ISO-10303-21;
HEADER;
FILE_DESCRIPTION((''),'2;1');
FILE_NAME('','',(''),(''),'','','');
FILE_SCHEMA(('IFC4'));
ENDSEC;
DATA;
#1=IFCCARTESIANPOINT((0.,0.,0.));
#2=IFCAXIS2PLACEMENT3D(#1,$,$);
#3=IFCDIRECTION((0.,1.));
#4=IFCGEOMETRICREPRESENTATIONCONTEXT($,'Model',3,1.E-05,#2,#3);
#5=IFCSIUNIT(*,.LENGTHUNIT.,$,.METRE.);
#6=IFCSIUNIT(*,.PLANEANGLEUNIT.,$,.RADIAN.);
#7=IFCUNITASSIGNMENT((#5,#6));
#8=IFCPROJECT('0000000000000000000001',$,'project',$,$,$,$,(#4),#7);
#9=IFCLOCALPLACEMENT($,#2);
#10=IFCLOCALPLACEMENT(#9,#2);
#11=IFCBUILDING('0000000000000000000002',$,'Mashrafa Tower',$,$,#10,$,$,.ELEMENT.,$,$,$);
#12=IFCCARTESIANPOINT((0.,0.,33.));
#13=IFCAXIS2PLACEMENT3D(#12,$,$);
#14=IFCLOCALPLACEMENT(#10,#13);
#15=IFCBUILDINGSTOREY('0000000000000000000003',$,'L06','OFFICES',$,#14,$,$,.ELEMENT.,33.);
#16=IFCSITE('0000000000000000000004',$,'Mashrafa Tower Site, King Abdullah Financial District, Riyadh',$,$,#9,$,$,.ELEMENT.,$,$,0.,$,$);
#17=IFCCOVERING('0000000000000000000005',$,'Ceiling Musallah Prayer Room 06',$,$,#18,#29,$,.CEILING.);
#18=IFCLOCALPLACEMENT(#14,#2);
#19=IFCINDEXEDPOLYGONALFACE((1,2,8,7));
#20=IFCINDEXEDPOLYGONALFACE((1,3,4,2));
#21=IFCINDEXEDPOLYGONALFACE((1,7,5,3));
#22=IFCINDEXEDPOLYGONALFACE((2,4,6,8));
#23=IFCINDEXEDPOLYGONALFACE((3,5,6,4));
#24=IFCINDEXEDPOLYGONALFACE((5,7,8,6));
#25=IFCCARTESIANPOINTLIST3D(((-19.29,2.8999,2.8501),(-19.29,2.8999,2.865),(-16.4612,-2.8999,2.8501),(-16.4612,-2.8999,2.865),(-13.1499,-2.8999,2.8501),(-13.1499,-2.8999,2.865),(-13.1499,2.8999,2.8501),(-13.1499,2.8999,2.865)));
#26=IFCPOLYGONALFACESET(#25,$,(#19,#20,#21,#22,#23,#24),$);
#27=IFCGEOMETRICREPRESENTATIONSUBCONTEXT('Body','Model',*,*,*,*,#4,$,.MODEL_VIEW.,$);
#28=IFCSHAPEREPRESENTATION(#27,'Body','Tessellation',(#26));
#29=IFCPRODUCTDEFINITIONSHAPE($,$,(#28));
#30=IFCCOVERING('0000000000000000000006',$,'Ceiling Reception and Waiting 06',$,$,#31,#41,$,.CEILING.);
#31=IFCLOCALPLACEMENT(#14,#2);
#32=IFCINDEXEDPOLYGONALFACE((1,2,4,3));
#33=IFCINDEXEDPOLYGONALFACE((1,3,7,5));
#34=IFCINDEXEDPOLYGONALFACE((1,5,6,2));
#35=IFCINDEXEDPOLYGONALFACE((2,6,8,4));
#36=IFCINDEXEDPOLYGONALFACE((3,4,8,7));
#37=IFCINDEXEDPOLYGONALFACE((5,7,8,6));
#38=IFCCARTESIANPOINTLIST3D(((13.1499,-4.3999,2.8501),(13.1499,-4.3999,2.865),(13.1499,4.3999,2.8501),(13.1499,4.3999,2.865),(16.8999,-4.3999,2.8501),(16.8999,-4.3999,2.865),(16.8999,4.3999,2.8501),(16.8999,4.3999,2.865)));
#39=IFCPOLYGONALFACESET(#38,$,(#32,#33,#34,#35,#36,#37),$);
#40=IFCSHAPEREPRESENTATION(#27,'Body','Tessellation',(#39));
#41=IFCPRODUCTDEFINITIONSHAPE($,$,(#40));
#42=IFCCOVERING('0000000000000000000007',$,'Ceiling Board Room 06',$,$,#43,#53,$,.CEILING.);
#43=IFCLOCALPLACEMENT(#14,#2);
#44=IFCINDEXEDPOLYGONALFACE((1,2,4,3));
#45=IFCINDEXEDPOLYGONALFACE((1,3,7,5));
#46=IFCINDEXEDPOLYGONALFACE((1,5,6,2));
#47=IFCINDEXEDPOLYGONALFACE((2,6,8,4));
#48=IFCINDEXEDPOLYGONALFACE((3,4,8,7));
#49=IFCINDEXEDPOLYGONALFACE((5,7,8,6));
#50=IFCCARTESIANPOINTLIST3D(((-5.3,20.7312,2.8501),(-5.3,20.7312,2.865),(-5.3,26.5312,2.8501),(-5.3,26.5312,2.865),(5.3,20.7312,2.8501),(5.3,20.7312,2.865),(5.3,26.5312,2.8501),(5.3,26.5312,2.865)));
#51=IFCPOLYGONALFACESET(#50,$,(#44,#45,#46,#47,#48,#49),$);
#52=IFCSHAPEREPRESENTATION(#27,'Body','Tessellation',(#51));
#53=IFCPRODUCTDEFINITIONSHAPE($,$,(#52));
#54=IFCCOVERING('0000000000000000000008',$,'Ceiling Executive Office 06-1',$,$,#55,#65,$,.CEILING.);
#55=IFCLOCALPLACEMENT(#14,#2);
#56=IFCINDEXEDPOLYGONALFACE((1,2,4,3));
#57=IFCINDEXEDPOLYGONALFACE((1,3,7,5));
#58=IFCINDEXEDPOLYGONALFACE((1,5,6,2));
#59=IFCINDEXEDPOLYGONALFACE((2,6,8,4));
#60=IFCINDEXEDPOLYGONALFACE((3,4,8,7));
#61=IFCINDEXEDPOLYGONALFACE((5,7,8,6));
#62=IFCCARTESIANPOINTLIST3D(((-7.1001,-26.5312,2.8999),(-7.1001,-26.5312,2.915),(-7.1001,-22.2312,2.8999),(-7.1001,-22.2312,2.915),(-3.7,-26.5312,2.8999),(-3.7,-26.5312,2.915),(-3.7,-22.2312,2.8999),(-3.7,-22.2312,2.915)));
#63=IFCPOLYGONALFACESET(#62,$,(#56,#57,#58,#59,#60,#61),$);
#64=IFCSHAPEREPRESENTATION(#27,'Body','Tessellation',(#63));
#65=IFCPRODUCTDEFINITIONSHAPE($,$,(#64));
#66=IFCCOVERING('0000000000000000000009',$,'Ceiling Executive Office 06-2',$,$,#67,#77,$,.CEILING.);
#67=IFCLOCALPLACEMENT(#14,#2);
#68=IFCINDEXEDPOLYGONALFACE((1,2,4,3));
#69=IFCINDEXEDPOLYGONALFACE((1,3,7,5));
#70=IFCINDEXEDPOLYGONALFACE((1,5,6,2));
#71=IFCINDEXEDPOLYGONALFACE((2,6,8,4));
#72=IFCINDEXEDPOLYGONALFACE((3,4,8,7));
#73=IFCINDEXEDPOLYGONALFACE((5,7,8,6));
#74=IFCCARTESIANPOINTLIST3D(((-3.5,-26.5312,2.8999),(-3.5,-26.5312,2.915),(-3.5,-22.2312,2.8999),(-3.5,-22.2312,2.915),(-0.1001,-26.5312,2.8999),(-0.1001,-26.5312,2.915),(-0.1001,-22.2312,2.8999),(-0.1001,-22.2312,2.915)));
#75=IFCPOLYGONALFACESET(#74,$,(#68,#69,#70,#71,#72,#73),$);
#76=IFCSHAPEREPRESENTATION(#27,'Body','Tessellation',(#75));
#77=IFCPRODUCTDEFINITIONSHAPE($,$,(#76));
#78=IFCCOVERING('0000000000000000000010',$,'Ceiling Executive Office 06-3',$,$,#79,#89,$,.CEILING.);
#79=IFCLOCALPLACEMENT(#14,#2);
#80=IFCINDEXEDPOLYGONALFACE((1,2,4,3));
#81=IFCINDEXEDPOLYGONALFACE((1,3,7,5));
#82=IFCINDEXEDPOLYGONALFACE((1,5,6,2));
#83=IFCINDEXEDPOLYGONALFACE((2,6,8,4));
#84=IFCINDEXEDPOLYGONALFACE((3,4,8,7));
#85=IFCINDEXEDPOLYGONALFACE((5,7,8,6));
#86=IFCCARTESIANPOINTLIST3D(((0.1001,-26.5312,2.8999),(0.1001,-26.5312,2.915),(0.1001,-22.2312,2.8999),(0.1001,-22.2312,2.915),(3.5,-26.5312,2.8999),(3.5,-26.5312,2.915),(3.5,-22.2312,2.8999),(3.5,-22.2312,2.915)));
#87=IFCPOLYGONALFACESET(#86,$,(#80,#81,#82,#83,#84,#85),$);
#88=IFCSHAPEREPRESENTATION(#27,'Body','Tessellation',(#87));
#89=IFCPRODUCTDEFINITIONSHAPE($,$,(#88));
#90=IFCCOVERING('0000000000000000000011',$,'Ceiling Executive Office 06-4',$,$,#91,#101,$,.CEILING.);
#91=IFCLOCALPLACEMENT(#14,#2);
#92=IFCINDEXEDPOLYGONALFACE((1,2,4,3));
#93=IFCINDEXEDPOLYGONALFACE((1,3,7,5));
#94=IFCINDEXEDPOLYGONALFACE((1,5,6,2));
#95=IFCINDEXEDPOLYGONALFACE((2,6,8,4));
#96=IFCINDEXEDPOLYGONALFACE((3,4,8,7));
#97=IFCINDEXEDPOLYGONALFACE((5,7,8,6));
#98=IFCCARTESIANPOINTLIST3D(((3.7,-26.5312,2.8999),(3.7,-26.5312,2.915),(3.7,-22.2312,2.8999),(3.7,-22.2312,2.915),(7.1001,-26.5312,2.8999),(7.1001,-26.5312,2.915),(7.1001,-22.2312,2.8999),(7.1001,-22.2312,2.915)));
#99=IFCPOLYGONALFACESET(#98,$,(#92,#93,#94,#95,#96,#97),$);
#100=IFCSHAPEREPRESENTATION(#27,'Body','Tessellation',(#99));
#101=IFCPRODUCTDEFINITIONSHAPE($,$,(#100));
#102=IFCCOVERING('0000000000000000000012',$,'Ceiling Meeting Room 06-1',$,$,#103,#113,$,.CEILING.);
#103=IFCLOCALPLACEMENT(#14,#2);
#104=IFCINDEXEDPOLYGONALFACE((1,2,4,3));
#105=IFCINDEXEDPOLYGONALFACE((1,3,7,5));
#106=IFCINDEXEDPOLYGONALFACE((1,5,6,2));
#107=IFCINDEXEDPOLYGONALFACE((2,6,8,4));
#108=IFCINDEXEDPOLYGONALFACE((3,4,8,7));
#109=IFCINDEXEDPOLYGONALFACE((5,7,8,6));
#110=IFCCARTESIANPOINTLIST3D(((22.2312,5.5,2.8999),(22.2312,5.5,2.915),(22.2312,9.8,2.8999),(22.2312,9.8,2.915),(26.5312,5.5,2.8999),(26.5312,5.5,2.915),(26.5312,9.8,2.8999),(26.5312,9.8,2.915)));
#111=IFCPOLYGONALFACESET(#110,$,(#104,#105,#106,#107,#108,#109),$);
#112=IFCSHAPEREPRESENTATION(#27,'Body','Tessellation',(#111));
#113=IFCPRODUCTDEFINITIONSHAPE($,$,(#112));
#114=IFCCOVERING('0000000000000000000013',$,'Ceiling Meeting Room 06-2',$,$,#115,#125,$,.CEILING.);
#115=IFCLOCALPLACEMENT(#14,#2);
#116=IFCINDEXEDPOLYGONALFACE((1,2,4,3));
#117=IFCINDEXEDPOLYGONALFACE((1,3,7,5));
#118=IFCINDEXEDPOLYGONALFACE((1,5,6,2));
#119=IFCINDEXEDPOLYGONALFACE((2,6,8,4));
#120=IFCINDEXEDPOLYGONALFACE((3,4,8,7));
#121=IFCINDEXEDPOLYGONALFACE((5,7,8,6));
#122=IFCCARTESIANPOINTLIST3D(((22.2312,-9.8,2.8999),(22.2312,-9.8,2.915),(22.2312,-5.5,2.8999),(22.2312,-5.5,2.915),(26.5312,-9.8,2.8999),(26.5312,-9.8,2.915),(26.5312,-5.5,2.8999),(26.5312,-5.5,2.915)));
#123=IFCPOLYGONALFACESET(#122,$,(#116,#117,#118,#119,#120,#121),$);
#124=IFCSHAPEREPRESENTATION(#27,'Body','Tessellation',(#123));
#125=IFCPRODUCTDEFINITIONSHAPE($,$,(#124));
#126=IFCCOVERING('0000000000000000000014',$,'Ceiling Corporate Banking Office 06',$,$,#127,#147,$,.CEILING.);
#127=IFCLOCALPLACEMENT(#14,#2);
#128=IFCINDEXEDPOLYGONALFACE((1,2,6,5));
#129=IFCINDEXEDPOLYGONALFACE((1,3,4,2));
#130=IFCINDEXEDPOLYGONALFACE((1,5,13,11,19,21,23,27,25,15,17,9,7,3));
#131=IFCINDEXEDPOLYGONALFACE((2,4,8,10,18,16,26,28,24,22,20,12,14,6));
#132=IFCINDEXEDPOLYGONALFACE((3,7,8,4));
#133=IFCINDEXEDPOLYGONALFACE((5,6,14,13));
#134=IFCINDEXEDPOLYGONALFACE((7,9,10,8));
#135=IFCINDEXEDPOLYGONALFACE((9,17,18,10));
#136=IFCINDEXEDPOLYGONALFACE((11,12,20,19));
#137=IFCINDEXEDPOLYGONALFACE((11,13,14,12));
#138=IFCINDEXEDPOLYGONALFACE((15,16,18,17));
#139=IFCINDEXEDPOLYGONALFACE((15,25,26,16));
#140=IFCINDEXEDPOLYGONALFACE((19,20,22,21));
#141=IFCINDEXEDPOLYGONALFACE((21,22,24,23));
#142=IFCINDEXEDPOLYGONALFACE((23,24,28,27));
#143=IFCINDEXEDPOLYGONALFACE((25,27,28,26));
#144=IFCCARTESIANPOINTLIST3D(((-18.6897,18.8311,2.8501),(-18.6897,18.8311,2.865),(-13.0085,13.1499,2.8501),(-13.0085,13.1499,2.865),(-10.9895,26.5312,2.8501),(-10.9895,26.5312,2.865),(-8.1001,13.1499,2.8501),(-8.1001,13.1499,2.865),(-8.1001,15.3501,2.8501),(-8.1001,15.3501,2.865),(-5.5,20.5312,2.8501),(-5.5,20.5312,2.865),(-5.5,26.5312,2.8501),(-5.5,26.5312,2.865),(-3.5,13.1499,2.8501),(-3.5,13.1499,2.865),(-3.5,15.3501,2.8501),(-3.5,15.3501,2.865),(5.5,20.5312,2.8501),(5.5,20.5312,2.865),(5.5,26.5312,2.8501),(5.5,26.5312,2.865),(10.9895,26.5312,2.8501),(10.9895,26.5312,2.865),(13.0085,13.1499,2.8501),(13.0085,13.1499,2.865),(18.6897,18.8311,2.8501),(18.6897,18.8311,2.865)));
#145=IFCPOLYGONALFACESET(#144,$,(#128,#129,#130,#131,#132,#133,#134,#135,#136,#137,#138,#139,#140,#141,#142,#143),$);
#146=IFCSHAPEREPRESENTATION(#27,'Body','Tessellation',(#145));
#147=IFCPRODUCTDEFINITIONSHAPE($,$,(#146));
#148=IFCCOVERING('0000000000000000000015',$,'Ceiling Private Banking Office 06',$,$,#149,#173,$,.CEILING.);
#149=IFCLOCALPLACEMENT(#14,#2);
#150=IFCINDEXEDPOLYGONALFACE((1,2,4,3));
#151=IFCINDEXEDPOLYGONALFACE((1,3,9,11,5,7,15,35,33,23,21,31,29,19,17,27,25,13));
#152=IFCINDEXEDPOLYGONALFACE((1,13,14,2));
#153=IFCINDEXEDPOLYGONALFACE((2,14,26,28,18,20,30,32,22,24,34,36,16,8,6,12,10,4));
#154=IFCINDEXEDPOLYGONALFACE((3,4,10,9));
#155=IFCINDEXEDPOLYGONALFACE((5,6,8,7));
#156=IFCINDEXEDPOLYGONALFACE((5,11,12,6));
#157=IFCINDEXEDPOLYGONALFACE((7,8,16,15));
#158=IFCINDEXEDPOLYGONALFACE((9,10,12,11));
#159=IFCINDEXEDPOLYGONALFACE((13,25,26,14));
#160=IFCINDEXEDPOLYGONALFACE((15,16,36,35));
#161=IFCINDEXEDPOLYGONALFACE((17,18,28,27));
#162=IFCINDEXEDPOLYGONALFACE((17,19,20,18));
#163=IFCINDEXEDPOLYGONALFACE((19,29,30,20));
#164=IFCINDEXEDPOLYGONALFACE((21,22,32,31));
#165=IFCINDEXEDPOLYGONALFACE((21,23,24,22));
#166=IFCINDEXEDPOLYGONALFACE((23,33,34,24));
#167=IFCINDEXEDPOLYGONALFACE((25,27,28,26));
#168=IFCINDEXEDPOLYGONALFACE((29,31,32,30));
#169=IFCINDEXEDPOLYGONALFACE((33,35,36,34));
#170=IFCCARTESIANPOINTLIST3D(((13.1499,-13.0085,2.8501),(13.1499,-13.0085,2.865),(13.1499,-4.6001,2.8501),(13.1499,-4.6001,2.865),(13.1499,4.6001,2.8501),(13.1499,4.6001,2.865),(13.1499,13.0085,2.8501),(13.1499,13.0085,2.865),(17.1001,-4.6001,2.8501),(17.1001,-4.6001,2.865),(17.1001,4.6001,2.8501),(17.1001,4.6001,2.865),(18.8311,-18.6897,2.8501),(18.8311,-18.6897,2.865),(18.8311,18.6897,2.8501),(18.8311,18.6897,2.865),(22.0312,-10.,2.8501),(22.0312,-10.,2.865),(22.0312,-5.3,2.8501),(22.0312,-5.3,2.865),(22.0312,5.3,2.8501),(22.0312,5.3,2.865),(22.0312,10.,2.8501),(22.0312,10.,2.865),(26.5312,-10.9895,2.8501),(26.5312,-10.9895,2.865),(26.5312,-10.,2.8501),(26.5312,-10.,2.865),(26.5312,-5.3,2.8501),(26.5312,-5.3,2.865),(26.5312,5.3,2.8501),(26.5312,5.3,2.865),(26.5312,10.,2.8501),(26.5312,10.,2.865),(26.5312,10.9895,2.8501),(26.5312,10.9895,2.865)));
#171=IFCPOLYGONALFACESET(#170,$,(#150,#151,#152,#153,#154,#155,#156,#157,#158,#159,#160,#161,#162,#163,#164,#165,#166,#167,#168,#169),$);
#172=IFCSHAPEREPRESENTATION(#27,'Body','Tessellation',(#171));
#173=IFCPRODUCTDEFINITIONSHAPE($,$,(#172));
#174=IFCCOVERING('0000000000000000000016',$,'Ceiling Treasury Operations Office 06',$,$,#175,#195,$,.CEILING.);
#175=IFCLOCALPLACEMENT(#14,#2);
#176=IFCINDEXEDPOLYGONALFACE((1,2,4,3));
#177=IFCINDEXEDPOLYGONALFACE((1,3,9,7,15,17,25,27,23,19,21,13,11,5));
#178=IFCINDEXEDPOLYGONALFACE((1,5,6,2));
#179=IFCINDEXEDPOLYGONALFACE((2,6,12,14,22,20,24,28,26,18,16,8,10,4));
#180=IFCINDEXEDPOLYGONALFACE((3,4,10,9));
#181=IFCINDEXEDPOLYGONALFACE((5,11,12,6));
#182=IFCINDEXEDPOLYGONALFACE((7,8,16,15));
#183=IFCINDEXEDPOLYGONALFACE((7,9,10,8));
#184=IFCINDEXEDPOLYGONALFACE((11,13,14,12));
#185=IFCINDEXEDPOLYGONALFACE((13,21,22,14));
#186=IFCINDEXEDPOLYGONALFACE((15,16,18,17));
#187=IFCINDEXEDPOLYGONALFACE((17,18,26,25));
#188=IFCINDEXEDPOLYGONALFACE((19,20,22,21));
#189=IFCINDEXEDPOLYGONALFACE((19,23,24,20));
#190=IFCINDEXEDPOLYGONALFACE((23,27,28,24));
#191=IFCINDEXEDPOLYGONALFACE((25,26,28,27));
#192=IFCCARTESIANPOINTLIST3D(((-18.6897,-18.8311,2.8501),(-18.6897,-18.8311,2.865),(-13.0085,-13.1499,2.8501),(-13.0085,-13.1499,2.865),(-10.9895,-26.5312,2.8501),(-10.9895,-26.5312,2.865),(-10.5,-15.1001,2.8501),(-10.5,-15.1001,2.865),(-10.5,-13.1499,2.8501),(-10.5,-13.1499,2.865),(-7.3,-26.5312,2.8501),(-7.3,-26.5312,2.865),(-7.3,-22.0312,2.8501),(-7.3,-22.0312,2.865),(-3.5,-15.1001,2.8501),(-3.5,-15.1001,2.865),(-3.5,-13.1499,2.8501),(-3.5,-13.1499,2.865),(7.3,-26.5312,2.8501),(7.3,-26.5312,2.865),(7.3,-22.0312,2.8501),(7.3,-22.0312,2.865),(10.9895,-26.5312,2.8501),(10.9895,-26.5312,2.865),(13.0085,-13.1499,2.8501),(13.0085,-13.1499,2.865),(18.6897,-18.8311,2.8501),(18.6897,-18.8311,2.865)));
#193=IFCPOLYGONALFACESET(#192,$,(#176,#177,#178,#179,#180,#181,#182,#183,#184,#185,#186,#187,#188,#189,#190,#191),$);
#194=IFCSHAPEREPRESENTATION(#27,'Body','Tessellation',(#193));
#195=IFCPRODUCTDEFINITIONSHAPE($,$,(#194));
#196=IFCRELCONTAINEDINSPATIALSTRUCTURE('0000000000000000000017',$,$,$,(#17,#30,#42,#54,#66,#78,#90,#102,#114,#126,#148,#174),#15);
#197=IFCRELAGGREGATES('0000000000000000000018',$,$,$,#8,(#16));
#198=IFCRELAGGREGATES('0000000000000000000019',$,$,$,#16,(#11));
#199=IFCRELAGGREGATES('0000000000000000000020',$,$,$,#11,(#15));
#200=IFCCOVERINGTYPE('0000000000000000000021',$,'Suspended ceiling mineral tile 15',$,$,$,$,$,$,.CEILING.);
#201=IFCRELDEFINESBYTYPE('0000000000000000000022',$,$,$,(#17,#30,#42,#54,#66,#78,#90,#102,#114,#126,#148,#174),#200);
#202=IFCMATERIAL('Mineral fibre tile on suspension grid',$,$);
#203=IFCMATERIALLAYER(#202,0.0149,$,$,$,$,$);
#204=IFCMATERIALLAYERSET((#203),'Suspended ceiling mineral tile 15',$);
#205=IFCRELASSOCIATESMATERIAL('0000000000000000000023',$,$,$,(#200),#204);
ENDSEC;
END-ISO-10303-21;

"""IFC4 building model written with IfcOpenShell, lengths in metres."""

from ifc_helpers import new_model, si_unit, direction, frame, origin, place, context, subcontext, project, spatial, polyline, outline, extrude, material, layer, layer_set, type_object, element, save


model = new_model("IFC4")

# Units and contexts
model_context = context("Model", 3, precision=1e-05, world=origin(), true_north=direction((0.0, 1.0)))
body_context = subcontext(model_context, "Body", "Model", "MODEL_VIEW")
ifc_project = project(units=[si_unit("LENGTHUNIT", "METRE"), si_unit("PLANEANGLEUNIT", "RADIAN")], contexts=[model_context])

# Site, building, storey
site_placement = place(None, origin())
site = spatial("IfcSite", under=ifc_project, at=site_placement, Name="Mashrafa Tower Site, King Abdullah Financial District, Riyadh", CompositionType="ELEMENT", RefElevation=0.0)
building_placement = place(site_placement, origin())
building = spatial("IfcBuilding", under=site, at=building_placement, Name="Mashrafa Tower", CompositionType="ELEMENT")
storey_placement = place(building_placement, frame((0.0, 0.0, 33.0)))
storey = spatial("IfcBuildingStorey", under=building, at=storey_placement, Name="L06", Description="OFFICES", CompositionType="ELEMENT", Elevation=33.0)

# Coverings
ifc_material_1 = material(Name="Mineral fibre tile on suspension grid")
ifc_layer_1 = layer(ifc_material_1, 0.0149)
ifc_layer_set_1 = layer_set([ifc_layer_1], Name="Suspended ceiling mineral tile 15")
covering_type = type_object("IfcCoveringType", Name="Suspended ceiling mineral tile 15", PredefinedType="CEILING", material=ifc_layer_set_1)
covering_1_placement = place(storey_placement, frame((0.0, 0.0, 2.8501)))
element("IfcCovering", 1, at=covering_1_placement, inside=storey, type_object=covering_type, Name="Ceiling Musallah Prayer Room 06", PredefinedType="CEILING", context=body_context, shape_type="SweptSolid", body=[
    extrude(outline(polyline([(-16.4612, -2.8999), (-19.29, 2.8999), (-13.1499, 2.8999), (-13.1499, -2.8999), (-16.4612, -2.8999)])), origin(), (0.0, 0.0, 1.0), 0.0149),
])
covering_2_placement = place(storey_placement, frame((0.0, 0.0, 2.8501)))
element("IfcCovering", 2, at=covering_2_placement, inside=storey, type_object=covering_type, Name="Ceiling Reception and Waiting 06", PredefinedType="CEILING", context=body_context, shape_type="SweptSolid", body=[
    extrude(outline(polyline([(13.1499, 4.3999), (16.8999, 4.3999), (16.8999, -4.3999), (13.1499, -4.3999), (13.1499, 4.3999)])), origin(), (0.0, 0.0, 1.0), 0.0149),
])
covering_3_placement = place(storey_placement, frame((0.0, 0.0, 2.8501)))
element("IfcCovering", 3, at=covering_3_placement, inside=storey, type_object=covering_type, Name="Ceiling Board Room 06", PredefinedType="CEILING", context=body_context, shape_type="SweptSolid", body=[
    extrude(outline(polyline([(-5.3, 26.5312), (5.3, 26.5312), (5.3, 20.7312), (-5.3, 20.7312), (-5.3, 26.5312)])), origin(), (0.0, 0.0, 1.0), 0.0149),
])
covering_4_placement = place(storey_placement, frame((0.0, 0.0, 2.8999)))
element("IfcCovering", 4, at=covering_4_placement, inside=storey, type_object=covering_type, Name="Ceiling Executive Office 06-1", PredefinedType="CEILING", context=body_context, shape_type="SweptSolid", body=[
    extrude(outline(polyline([(-7.1001, -22.2312), (-3.7, -22.2312), (-3.7, -26.5312), (-7.1001, -26.5312), (-7.1001, -22.2312)])), origin(), (0.0, 0.0, 1.0), 0.0151),
])
covering_5_placement = place(storey_placement, frame((0.0, 0.0, 2.8999)))
element("IfcCovering", 5, at=covering_5_placement, inside=storey, type_object=covering_type, Name="Ceiling Executive Office 06-2", PredefinedType="CEILING", context=body_context, shape_type="SweptSolid", body=[
    extrude(outline(polyline([(-3.5, -22.2312), (-0.1001, -22.2312), (-0.1001, -26.5312), (-3.5, -26.5312), (-3.5, -22.2312)])), origin(), (0.0, 0.0, 1.0), 0.0151),
])
covering_6_placement = place(storey_placement, frame((0.0, 0.0, 2.8999)))
element("IfcCovering", 6, at=covering_6_placement, inside=storey, type_object=covering_type, Name="Ceiling Executive Office 06-3", PredefinedType="CEILING", context=body_context, shape_type="SweptSolid", body=[
    extrude(outline(polyline([(0.1001, -22.2312), (3.5, -22.2312), (3.5, -26.5312), (0.1001, -26.5312), (0.1001, -22.2312)])), origin(), (0.0, 0.0, 1.0), 0.0151),
])
covering_7_placement = place(storey_placement, frame((0.0, 0.0, 2.8999)))
element("IfcCovering", 7, at=covering_7_placement, inside=storey, type_object=covering_type, Name="Ceiling Executive Office 06-4", PredefinedType="CEILING", context=body_context, shape_type="SweptSolid", body=[
    extrude(outline(polyline([(3.7, -22.2312), (7.1001, -22.2312), (7.1001, -26.5312), (3.7, -26.5312), (3.7, -22.2312)])), origin(), (0.0, 0.0, 1.0), 0.0151),
])
covering_8_placement = place(storey_placement, frame((0.0, 0.0, 2.8999)))
element("IfcCovering", 8, at=covering_8_placement, inside=storey, type_object=covering_type, Name="Ceiling Meeting Room 06-1", PredefinedType="CEILING", context=body_context, shape_type="SweptSolid", body=[
    extrude(outline(polyline([(22.2312, 9.8), (26.5312, 9.8), (26.5312, 5.5), (22.2312, 5.5), (22.2312, 9.8)])), origin(), (0.0, 0.0, 1.0), 0.0151),
])
covering_9_placement = place(storey_placement, frame((0.0, 0.0, 2.8999)))
element("IfcCovering", 9, at=covering_9_placement, inside=storey, type_object=covering_type, Name="Ceiling Meeting Room 06-2", PredefinedType="CEILING", context=body_context, shape_type="SweptSolid", body=[
    extrude(outline(polyline([(22.2312, -5.5), (26.5312, -5.5), (26.5312, -9.8), (22.2312, -9.8), (22.2312, -5.5)])), origin(), (0.0, 0.0, 1.0), 0.0151),
])
covering_10_placement = place(storey_placement, frame((0.0, 0.0, 2.8501)))
element("IfcCovering", 10, at=covering_10_placement, inside=storey, type_object=covering_type, Name="Ceiling Corporate Banking Office 06", PredefinedType="CEILING", context=body_context, shape_type="SweptSolid", body=[
    extrude(outline(polyline([(-13.0085, 13.1499), (-18.6897, 18.8311), (-10.9895, 26.5312), (-5.5, 26.5312), (-5.5, 20.5312), (5.5, 20.5312), (5.5, 26.5312), (10.9895, 26.5312), (18.6897, 18.8311), (13.0085, 13.1499), (-3.5, 13.1499), (-3.5, 15.3501), (-8.1001, 15.3501), (-8.1001, 13.1499), (-13.0085, 13.1499)])), origin(), (0.0, 0.0, 1.0), 0.0149),
])
covering_11_placement = place(storey_placement, frame((0.0, 0.0, 2.8501)))
element("IfcCovering", 11, at=covering_11_placement, inside=storey, type_object=covering_type, Name="Ceiling Private Banking Office 06", PredefinedType="CEILING", context=body_context, shape_type="SweptSolid", body=[
    extrude(outline(polyline([(13.1499, 13.0085), (18.8311, 18.6897), (26.5312, 10.9895), (26.5312, 10.0), (22.0312, 10.0), (22.0312, 5.3), (26.5312, 5.3), (26.5312, -5.3), (22.0312, -5.3), (22.0312, -10.0), (26.5312, -10.0), (26.5312, -10.9895), (18.8311, -18.6897), (13.1499, -13.0085), (13.1499, -4.6001), (17.1001, -4.6001), (17.1001, 4.6001), (13.1499, 4.6001), (13.1499, 13.0085)])), origin(), (0.0, 0.0, 1.0), 0.0149),
])
covering_12_placement = place(storey_placement, frame((0.0, 0.0, 2.8501)))
element("IfcCovering", 12, at=covering_12_placement, inside=storey, type_object=covering_type, Name="Ceiling Treasury Operations Office 06", PredefinedType="CEILING", context=body_context, shape_type="SweptSolid", body=[
    extrude(outline(polyline([(13.0085, -13.1499), (18.6897, -18.8311), (10.9895, -26.5312), (7.3, -26.5312), (7.3, -22.0312), (-7.3, -22.0312), (-7.3, -26.5312), (-10.9895, -26.5312), (-18.6897, -18.8311), (-13.0085, -13.1499), (-10.5, -13.1499), (-10.5, -15.1001), (-3.5, -15.1001), (-3.5, -13.1499), (13.0085, -13.1499)])), origin(), (0.0, 0.0, 1.0), 0.0149),
])

save(model, "model.ifc")
